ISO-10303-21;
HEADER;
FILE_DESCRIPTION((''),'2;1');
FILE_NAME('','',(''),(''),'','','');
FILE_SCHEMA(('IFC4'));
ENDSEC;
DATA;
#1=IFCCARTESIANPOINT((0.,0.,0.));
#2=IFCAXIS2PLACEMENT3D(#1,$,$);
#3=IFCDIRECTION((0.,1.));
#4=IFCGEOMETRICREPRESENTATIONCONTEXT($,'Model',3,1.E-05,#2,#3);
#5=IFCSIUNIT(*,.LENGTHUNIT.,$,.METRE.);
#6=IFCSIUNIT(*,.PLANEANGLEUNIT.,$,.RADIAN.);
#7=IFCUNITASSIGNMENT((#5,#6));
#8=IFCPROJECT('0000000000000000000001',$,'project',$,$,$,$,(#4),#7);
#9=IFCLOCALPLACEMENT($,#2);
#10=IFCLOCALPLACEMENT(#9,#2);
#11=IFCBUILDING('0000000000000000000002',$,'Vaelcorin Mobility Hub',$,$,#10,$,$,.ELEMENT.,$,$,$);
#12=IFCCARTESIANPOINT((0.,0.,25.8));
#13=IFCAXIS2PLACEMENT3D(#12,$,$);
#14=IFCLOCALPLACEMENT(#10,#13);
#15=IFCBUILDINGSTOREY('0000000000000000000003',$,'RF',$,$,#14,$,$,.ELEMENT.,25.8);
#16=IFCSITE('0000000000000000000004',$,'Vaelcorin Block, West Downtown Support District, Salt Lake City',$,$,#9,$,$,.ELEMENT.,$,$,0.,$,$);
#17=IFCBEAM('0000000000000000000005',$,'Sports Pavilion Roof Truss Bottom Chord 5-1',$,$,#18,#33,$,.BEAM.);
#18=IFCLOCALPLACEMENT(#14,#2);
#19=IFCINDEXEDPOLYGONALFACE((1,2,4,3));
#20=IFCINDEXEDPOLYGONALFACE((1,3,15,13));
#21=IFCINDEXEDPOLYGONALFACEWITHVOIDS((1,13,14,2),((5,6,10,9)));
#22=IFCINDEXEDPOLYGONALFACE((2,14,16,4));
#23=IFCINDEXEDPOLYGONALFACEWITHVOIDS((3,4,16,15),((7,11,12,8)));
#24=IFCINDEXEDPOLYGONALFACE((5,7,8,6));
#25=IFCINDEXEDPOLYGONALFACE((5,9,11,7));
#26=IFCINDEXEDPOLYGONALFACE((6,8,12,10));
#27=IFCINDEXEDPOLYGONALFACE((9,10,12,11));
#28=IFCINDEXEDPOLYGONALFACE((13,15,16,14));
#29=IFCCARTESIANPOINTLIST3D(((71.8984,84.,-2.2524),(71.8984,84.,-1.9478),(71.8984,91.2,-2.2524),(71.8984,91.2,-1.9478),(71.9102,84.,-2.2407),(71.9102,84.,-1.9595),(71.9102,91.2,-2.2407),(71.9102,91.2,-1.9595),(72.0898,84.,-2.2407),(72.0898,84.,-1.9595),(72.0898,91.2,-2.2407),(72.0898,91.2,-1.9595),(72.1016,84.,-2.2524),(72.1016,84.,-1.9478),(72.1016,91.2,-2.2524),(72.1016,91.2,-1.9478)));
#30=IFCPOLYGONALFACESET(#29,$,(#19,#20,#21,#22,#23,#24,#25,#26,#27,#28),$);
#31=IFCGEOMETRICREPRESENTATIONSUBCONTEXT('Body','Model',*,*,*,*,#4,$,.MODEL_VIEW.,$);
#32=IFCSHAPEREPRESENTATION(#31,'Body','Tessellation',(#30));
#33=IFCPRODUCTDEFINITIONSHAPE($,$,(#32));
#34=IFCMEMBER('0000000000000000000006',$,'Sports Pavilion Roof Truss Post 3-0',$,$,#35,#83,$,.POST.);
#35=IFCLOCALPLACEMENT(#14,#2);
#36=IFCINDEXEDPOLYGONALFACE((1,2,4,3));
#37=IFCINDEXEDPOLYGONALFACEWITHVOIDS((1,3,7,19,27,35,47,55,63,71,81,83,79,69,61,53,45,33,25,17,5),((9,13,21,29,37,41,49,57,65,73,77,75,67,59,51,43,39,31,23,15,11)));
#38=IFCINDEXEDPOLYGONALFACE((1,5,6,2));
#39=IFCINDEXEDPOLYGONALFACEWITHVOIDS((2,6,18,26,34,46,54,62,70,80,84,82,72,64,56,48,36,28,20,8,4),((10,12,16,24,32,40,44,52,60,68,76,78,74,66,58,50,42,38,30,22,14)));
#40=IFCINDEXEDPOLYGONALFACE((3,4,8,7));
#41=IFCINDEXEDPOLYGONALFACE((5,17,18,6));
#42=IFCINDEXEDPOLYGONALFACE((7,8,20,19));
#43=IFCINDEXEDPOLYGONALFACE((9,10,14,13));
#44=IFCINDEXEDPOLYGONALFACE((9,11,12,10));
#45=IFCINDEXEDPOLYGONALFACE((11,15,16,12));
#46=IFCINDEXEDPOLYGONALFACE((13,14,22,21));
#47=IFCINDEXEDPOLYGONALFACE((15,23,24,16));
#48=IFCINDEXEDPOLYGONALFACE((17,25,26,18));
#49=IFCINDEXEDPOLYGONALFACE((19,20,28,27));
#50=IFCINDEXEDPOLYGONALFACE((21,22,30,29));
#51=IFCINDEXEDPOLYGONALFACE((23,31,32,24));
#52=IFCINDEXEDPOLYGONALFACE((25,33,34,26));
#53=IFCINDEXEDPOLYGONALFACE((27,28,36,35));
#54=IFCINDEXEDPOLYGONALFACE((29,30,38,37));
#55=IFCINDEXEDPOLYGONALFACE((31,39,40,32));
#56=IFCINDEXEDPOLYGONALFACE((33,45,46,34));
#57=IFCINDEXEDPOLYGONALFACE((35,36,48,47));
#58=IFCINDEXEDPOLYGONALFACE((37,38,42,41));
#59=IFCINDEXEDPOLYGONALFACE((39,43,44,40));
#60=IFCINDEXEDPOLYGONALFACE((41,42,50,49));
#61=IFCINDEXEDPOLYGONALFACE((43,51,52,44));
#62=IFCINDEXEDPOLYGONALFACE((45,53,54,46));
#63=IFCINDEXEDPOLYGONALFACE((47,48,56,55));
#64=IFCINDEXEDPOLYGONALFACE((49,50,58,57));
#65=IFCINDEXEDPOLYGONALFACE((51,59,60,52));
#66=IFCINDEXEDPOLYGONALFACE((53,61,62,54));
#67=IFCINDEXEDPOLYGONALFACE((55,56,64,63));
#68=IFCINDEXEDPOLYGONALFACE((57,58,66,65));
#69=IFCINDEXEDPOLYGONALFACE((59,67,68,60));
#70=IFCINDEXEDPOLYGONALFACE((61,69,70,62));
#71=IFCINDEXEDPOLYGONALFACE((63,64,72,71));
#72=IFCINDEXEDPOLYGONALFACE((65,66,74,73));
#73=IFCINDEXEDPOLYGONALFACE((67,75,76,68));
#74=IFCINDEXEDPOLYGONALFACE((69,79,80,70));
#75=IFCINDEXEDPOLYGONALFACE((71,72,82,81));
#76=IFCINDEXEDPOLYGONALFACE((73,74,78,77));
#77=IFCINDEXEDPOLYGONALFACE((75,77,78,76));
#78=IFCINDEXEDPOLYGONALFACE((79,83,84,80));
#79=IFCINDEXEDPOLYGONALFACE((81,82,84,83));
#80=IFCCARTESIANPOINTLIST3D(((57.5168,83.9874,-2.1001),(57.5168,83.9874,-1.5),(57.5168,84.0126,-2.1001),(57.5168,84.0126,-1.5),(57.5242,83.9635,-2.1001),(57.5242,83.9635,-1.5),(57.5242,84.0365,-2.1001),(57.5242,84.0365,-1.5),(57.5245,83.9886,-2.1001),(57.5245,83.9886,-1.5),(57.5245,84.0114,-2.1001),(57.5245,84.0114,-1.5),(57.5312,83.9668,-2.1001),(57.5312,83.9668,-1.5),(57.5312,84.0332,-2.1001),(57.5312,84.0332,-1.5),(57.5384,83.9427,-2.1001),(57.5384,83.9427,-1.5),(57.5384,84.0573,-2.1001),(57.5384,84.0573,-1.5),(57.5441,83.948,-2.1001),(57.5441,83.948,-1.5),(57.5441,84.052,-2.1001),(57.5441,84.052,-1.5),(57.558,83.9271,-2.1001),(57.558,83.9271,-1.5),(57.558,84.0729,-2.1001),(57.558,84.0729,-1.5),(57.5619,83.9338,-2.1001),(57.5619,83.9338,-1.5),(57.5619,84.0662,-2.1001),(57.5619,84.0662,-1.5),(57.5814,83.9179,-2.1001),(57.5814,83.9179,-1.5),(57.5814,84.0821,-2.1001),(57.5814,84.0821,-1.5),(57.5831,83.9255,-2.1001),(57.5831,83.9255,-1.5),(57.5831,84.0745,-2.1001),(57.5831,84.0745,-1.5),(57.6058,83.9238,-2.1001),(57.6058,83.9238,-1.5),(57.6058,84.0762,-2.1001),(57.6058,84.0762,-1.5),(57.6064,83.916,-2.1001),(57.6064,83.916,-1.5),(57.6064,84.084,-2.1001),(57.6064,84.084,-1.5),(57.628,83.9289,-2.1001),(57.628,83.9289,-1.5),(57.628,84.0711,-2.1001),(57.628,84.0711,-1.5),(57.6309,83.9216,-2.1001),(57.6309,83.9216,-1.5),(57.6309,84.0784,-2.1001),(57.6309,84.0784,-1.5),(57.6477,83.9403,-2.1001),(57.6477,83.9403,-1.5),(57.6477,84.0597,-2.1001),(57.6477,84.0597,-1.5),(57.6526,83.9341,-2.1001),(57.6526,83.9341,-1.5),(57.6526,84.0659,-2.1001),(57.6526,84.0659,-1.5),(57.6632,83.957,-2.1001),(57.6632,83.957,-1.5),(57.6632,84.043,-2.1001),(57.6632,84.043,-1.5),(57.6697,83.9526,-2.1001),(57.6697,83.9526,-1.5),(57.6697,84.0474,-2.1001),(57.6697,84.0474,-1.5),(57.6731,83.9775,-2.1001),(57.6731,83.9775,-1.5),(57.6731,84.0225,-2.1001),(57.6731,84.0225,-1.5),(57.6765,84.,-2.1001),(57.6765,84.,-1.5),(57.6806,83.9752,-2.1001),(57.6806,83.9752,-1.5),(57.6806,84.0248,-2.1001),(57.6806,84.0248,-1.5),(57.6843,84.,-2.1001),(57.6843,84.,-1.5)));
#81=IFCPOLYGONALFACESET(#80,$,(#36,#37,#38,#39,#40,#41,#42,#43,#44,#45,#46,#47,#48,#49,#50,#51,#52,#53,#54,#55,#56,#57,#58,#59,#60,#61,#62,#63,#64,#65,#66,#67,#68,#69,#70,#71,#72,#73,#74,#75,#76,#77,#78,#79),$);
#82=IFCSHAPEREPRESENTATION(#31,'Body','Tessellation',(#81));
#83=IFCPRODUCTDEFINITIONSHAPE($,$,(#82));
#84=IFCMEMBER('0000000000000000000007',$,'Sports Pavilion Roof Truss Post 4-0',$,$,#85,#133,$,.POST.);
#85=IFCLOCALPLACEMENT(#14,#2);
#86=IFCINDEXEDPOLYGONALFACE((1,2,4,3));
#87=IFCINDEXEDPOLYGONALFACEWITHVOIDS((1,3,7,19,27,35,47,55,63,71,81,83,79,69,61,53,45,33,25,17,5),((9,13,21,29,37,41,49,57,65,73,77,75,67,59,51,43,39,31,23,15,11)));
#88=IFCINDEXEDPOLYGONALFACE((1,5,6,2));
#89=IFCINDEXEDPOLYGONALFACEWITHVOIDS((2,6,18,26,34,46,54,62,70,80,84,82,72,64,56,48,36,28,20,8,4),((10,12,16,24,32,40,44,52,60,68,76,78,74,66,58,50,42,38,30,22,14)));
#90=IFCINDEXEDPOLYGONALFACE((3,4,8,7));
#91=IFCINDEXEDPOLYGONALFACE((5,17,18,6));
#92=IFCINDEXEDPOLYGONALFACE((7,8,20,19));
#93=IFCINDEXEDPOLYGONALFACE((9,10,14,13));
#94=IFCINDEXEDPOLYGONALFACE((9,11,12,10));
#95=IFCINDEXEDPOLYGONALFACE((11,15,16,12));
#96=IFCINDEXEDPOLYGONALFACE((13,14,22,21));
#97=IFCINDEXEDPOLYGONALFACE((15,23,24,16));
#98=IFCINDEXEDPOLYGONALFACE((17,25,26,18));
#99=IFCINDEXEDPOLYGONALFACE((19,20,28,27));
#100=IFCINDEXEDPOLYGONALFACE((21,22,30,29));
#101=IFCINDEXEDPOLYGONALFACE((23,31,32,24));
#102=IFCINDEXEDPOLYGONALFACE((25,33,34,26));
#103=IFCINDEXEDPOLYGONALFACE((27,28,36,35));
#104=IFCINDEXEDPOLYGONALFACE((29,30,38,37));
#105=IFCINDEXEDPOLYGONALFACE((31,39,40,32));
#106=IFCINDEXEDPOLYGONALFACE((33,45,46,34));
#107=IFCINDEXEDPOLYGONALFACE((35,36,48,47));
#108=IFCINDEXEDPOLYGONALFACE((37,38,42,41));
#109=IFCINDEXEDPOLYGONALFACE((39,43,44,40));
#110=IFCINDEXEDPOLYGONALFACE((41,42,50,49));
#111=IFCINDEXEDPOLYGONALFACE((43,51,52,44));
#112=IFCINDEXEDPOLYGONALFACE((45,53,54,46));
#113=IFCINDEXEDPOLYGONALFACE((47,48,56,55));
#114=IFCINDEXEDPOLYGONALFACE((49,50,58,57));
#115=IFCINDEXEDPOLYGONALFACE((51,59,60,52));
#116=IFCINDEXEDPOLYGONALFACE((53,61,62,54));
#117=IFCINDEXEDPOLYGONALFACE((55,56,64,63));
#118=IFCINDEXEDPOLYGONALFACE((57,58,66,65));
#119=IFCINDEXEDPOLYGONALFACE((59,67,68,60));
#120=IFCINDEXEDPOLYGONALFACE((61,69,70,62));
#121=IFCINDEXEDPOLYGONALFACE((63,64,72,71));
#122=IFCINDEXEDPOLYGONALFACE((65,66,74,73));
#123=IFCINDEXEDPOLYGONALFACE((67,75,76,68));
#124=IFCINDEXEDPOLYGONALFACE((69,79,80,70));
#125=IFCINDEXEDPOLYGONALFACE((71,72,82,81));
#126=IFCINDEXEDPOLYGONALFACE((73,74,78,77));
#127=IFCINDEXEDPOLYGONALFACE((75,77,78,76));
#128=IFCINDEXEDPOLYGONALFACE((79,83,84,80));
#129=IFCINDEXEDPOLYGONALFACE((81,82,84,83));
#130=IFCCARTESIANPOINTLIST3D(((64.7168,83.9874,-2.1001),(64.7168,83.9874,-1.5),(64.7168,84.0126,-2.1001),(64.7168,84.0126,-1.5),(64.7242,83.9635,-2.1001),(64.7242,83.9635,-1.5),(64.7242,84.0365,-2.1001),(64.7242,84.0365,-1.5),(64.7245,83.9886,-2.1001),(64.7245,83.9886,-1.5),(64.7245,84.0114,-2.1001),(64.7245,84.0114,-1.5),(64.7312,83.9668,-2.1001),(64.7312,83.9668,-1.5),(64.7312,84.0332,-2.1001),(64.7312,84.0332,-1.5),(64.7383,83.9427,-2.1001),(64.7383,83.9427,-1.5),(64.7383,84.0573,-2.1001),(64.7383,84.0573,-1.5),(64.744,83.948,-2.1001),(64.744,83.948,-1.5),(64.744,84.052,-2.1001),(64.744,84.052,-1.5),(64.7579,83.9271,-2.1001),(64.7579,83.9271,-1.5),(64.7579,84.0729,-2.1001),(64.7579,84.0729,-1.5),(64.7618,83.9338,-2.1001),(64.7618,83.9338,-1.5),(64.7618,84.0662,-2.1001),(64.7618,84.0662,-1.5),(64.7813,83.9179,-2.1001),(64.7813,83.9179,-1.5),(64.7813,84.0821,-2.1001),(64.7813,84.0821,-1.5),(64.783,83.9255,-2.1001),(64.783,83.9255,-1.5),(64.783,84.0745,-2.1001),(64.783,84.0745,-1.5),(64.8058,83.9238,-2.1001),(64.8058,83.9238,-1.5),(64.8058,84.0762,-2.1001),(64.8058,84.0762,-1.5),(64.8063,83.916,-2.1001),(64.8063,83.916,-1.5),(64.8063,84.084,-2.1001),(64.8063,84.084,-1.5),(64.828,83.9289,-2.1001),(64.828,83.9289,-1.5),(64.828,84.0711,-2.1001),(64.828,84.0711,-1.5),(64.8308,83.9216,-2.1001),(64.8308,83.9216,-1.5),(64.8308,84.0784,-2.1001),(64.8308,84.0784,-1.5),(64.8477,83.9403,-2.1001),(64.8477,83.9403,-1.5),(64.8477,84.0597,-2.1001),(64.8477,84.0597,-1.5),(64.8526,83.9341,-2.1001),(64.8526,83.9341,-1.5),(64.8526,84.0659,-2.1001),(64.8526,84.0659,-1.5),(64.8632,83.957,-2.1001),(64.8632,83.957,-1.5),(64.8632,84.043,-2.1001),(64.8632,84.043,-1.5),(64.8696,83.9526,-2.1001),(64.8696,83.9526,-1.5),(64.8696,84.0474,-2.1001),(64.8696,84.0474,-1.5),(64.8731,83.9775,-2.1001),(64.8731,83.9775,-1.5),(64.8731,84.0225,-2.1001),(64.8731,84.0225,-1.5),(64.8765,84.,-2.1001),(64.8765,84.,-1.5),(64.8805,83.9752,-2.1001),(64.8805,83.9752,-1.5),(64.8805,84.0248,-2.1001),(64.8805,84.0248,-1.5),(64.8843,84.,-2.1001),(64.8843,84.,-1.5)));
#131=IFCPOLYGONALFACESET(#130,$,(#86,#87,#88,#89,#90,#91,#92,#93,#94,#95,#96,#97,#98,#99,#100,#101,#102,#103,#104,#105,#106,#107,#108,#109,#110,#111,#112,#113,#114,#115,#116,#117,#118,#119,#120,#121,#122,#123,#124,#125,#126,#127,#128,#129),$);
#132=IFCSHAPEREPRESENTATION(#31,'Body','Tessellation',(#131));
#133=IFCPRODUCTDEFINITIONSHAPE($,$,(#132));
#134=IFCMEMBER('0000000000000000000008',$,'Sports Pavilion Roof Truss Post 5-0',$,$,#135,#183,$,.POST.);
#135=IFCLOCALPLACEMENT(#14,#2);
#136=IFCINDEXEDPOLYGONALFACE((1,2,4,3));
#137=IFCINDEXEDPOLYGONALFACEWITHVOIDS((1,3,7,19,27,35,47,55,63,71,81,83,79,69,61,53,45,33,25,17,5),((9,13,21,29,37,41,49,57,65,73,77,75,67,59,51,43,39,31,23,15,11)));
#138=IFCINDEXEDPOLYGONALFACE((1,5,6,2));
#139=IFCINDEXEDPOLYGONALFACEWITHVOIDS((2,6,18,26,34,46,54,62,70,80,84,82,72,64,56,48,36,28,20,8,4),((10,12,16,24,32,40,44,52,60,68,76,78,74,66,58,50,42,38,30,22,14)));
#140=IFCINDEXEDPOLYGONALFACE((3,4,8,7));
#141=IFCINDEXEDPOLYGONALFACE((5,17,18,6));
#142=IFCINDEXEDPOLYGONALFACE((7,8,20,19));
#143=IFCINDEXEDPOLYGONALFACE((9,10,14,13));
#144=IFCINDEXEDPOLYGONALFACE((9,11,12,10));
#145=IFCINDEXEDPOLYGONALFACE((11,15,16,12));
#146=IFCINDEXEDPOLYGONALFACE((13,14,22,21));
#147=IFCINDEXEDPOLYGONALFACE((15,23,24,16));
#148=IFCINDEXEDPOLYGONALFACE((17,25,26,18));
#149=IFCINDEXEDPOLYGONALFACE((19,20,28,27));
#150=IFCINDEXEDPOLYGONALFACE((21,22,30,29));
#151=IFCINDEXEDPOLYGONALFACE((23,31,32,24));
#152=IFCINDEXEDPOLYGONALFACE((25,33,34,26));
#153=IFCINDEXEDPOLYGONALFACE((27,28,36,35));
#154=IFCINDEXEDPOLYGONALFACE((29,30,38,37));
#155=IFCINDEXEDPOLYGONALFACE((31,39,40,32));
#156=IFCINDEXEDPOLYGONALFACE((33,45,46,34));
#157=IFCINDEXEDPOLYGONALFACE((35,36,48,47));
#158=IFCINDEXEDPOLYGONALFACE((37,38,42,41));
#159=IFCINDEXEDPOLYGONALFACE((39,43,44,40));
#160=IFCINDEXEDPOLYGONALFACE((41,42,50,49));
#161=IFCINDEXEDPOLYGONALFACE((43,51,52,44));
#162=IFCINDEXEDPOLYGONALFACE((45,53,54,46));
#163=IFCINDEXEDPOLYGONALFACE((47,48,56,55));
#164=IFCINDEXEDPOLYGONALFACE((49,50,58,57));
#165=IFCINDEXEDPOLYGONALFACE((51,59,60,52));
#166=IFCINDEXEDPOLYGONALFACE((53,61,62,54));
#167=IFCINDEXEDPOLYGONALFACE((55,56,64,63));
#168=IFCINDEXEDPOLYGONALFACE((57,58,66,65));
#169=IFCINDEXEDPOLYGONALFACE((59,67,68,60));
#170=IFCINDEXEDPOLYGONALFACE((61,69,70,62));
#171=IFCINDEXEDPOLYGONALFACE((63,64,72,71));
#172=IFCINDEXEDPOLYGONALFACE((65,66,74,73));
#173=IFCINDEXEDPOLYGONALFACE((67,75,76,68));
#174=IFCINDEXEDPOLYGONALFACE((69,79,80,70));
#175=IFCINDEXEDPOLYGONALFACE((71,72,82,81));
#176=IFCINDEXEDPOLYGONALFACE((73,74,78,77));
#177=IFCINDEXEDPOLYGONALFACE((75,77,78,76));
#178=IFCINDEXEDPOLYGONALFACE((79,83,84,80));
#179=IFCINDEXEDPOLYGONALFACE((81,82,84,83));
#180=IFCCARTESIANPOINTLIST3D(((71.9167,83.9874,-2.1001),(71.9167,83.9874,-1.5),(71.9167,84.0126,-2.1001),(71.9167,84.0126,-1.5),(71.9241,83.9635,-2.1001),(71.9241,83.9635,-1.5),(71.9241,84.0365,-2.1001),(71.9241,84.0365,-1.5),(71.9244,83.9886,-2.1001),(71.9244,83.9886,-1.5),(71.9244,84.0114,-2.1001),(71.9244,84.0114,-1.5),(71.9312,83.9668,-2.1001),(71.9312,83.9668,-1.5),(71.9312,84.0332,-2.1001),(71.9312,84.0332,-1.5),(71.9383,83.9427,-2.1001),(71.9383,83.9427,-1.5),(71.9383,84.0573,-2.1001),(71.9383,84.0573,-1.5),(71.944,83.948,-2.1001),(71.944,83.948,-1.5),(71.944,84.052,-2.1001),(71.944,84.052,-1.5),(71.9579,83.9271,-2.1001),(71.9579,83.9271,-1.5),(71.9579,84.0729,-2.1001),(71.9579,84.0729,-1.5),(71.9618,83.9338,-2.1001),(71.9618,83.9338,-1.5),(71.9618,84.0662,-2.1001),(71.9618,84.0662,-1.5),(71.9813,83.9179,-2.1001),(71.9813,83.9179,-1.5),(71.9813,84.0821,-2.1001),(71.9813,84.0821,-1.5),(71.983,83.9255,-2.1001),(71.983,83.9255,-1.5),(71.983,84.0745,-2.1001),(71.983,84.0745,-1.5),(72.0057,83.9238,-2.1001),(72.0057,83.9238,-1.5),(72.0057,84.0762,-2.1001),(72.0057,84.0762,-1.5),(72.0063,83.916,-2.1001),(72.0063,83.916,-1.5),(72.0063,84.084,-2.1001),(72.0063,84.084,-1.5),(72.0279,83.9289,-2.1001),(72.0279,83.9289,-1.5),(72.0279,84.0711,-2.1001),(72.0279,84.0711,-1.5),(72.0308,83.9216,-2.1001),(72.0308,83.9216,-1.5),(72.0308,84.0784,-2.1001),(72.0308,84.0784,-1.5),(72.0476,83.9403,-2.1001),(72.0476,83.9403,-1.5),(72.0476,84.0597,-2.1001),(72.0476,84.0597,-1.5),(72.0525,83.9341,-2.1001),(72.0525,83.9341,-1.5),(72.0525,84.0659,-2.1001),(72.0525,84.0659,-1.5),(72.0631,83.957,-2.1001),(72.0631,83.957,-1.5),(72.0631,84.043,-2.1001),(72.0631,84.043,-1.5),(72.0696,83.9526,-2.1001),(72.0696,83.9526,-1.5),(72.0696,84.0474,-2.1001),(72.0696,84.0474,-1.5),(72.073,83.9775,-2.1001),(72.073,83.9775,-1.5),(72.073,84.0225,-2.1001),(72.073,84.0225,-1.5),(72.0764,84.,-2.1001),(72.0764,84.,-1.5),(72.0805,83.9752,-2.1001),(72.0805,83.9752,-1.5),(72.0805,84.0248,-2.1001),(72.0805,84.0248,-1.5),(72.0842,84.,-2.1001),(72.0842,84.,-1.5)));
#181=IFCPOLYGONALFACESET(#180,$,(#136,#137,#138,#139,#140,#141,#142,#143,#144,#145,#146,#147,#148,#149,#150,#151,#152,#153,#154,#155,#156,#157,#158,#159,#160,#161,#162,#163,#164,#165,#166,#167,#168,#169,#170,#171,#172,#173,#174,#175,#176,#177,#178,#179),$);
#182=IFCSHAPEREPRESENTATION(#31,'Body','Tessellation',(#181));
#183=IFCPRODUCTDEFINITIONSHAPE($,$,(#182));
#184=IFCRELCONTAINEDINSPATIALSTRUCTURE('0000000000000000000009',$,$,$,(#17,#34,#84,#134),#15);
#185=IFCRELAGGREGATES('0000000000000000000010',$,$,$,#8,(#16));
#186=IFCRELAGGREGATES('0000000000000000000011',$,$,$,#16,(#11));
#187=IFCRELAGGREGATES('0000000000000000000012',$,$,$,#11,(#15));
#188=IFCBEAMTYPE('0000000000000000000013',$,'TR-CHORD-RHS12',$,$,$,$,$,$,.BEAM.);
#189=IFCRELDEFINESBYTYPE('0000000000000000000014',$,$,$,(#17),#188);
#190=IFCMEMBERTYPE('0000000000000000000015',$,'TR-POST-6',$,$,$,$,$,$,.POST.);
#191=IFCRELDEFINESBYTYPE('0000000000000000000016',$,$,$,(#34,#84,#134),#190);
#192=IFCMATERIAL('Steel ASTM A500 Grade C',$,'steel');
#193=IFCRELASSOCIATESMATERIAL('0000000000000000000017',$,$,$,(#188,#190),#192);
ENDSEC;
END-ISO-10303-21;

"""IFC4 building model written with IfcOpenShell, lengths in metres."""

from ifc_helpers import new_model, si_unit, direction, frame, origin, origin_2d, place, context, subcontext, project, spatial, hollow_rectangle, hollow_circle, extrude, material, material_profile, profile_set, type_object, element, save


model = new_model("IFC4")

# Units and contexts
model_context = context("Model", 3, precision=1e-05, world=origin(), true_north=direction((0.0, 1.0)))
body_context = subcontext(model_context, "Body", "Model", "MODEL_VIEW")
ifc_project = project(units=[si_unit("LENGTHUNIT", "METRE"), si_unit("PLANEANGLEUNIT", "RADIAN")], contexts=[model_context])

# Site, building, storey
site_placement = place(None, origin())
site = spatial("IfcSite", under=ifc_project, at=site_placement, Name="Vaelcorin Block, West Downtown Support District, Salt Lake City", CompositionType="ELEMENT", RefElevation=0.0)
building_placement = place(site_placement, origin())
building = spatial("IfcBuilding", under=site, at=building_placement, Name="Vaelcorin Mobility Hub", CompositionType="ELEMENT")
storey_placement = place(building_placement, frame((0.0, 0.0, 25.8)))
storey = spatial("IfcBuildingStorey", under=building, at=storey_placement, Name="RF", CompositionType="ELEMENT", Elevation=25.8)

# Shared definitions
ifc_material_1 = material(Name="Steel ASTM A500 Grade C", Category="steel")

# Beam
ifc_material_profile_1 = material_profile(ifc_material_1, hollow_rectangle(XDim=0.2031, YDim=0.3047, WallThickness=0.0117, at=origin_2d()), Name="HSS12X8X0.500")
ifc_profile_set_1 = profile_set([ifc_material_profile_1], Name="Steel ASTM A500 Grade C")
beam_type_1 = type_object("IfcBeamType", Name="TR-CHORD-RHS12", PredefinedType="BEAM", material=ifc_profile_set_1)
for number, where, z_axis, x_axis, name in (
    (1, (72.0, 84.0, -2.1001), (0.0, 1.0, 0.0), (-1.0, 0.0, 0.0), "Sports Pavilion Roof Truss Bottom Chord 5-1"),
):
    element("IfcBeam", number, at=place(storey_placement, frame(where, z_axis=z_axis, x_axis=x_axis)), inside=storey, type_object=beam_type_1, Name=name, PredefinedType="BEAM", context=body_context, shape_type="SweptSolid", body=[
        extrude(hollow_rectangle(XDim=0.2031, YDim=0.3047, WallThickness=0.0117, at=origin_2d()), origin(), (0.0, 0.0, 1.0), 7.2),
    ])

# Members
ifc_material_profile_2 = material_profile(ifc_material_1, hollow_circle(Radius=0.0842, WallThickness=0.0078, at=origin_2d()), Name="HSS6.625X0.312")
ifc_profile_set_2 = profile_set([ifc_material_profile_2], Name="Steel ASTM A500 Grade C")
member_type_1 = type_object("IfcMemberType", Name="TR-POST-6", PredefinedType="POST", material=ifc_profile_set_2)
for number, where, z_axis, x_axis, name in (
    (2, (57.6001, 84.0, -2.1001), (0.0, 0.0, 1.0), (1.0, 0.0, 0.0), "Sports Pavilion Roof Truss Post 3-0"),
    (3, (64.8, 84.0, -2.1001), (0.0, 0.0, 1.0), (1.0, 0.0, 0.0), "Sports Pavilion Roof Truss Post 4-0"),
    (4, (72.0, 84.0, -2.1001), (0.0, 0.0, 1.0), (1.0, 0.0, 0.0), "Sports Pavilion Roof Truss Post 5-0"),
):
    element("IfcMember", number, at=place(storey_placement, frame(where, z_axis=z_axis, x_axis=x_axis)), inside=storey, type_object=member_type_1, Name=name, PredefinedType="POST", context=body_context, shape_type="SweptSolid", body=[
        extrude(hollow_circle(Radius=0.0842, WallThickness=0.0078, at=origin_2d()), origin(), (0.0, 0.0, 1.0), 0.6001),
    ])

save(model, "model.ifc")
